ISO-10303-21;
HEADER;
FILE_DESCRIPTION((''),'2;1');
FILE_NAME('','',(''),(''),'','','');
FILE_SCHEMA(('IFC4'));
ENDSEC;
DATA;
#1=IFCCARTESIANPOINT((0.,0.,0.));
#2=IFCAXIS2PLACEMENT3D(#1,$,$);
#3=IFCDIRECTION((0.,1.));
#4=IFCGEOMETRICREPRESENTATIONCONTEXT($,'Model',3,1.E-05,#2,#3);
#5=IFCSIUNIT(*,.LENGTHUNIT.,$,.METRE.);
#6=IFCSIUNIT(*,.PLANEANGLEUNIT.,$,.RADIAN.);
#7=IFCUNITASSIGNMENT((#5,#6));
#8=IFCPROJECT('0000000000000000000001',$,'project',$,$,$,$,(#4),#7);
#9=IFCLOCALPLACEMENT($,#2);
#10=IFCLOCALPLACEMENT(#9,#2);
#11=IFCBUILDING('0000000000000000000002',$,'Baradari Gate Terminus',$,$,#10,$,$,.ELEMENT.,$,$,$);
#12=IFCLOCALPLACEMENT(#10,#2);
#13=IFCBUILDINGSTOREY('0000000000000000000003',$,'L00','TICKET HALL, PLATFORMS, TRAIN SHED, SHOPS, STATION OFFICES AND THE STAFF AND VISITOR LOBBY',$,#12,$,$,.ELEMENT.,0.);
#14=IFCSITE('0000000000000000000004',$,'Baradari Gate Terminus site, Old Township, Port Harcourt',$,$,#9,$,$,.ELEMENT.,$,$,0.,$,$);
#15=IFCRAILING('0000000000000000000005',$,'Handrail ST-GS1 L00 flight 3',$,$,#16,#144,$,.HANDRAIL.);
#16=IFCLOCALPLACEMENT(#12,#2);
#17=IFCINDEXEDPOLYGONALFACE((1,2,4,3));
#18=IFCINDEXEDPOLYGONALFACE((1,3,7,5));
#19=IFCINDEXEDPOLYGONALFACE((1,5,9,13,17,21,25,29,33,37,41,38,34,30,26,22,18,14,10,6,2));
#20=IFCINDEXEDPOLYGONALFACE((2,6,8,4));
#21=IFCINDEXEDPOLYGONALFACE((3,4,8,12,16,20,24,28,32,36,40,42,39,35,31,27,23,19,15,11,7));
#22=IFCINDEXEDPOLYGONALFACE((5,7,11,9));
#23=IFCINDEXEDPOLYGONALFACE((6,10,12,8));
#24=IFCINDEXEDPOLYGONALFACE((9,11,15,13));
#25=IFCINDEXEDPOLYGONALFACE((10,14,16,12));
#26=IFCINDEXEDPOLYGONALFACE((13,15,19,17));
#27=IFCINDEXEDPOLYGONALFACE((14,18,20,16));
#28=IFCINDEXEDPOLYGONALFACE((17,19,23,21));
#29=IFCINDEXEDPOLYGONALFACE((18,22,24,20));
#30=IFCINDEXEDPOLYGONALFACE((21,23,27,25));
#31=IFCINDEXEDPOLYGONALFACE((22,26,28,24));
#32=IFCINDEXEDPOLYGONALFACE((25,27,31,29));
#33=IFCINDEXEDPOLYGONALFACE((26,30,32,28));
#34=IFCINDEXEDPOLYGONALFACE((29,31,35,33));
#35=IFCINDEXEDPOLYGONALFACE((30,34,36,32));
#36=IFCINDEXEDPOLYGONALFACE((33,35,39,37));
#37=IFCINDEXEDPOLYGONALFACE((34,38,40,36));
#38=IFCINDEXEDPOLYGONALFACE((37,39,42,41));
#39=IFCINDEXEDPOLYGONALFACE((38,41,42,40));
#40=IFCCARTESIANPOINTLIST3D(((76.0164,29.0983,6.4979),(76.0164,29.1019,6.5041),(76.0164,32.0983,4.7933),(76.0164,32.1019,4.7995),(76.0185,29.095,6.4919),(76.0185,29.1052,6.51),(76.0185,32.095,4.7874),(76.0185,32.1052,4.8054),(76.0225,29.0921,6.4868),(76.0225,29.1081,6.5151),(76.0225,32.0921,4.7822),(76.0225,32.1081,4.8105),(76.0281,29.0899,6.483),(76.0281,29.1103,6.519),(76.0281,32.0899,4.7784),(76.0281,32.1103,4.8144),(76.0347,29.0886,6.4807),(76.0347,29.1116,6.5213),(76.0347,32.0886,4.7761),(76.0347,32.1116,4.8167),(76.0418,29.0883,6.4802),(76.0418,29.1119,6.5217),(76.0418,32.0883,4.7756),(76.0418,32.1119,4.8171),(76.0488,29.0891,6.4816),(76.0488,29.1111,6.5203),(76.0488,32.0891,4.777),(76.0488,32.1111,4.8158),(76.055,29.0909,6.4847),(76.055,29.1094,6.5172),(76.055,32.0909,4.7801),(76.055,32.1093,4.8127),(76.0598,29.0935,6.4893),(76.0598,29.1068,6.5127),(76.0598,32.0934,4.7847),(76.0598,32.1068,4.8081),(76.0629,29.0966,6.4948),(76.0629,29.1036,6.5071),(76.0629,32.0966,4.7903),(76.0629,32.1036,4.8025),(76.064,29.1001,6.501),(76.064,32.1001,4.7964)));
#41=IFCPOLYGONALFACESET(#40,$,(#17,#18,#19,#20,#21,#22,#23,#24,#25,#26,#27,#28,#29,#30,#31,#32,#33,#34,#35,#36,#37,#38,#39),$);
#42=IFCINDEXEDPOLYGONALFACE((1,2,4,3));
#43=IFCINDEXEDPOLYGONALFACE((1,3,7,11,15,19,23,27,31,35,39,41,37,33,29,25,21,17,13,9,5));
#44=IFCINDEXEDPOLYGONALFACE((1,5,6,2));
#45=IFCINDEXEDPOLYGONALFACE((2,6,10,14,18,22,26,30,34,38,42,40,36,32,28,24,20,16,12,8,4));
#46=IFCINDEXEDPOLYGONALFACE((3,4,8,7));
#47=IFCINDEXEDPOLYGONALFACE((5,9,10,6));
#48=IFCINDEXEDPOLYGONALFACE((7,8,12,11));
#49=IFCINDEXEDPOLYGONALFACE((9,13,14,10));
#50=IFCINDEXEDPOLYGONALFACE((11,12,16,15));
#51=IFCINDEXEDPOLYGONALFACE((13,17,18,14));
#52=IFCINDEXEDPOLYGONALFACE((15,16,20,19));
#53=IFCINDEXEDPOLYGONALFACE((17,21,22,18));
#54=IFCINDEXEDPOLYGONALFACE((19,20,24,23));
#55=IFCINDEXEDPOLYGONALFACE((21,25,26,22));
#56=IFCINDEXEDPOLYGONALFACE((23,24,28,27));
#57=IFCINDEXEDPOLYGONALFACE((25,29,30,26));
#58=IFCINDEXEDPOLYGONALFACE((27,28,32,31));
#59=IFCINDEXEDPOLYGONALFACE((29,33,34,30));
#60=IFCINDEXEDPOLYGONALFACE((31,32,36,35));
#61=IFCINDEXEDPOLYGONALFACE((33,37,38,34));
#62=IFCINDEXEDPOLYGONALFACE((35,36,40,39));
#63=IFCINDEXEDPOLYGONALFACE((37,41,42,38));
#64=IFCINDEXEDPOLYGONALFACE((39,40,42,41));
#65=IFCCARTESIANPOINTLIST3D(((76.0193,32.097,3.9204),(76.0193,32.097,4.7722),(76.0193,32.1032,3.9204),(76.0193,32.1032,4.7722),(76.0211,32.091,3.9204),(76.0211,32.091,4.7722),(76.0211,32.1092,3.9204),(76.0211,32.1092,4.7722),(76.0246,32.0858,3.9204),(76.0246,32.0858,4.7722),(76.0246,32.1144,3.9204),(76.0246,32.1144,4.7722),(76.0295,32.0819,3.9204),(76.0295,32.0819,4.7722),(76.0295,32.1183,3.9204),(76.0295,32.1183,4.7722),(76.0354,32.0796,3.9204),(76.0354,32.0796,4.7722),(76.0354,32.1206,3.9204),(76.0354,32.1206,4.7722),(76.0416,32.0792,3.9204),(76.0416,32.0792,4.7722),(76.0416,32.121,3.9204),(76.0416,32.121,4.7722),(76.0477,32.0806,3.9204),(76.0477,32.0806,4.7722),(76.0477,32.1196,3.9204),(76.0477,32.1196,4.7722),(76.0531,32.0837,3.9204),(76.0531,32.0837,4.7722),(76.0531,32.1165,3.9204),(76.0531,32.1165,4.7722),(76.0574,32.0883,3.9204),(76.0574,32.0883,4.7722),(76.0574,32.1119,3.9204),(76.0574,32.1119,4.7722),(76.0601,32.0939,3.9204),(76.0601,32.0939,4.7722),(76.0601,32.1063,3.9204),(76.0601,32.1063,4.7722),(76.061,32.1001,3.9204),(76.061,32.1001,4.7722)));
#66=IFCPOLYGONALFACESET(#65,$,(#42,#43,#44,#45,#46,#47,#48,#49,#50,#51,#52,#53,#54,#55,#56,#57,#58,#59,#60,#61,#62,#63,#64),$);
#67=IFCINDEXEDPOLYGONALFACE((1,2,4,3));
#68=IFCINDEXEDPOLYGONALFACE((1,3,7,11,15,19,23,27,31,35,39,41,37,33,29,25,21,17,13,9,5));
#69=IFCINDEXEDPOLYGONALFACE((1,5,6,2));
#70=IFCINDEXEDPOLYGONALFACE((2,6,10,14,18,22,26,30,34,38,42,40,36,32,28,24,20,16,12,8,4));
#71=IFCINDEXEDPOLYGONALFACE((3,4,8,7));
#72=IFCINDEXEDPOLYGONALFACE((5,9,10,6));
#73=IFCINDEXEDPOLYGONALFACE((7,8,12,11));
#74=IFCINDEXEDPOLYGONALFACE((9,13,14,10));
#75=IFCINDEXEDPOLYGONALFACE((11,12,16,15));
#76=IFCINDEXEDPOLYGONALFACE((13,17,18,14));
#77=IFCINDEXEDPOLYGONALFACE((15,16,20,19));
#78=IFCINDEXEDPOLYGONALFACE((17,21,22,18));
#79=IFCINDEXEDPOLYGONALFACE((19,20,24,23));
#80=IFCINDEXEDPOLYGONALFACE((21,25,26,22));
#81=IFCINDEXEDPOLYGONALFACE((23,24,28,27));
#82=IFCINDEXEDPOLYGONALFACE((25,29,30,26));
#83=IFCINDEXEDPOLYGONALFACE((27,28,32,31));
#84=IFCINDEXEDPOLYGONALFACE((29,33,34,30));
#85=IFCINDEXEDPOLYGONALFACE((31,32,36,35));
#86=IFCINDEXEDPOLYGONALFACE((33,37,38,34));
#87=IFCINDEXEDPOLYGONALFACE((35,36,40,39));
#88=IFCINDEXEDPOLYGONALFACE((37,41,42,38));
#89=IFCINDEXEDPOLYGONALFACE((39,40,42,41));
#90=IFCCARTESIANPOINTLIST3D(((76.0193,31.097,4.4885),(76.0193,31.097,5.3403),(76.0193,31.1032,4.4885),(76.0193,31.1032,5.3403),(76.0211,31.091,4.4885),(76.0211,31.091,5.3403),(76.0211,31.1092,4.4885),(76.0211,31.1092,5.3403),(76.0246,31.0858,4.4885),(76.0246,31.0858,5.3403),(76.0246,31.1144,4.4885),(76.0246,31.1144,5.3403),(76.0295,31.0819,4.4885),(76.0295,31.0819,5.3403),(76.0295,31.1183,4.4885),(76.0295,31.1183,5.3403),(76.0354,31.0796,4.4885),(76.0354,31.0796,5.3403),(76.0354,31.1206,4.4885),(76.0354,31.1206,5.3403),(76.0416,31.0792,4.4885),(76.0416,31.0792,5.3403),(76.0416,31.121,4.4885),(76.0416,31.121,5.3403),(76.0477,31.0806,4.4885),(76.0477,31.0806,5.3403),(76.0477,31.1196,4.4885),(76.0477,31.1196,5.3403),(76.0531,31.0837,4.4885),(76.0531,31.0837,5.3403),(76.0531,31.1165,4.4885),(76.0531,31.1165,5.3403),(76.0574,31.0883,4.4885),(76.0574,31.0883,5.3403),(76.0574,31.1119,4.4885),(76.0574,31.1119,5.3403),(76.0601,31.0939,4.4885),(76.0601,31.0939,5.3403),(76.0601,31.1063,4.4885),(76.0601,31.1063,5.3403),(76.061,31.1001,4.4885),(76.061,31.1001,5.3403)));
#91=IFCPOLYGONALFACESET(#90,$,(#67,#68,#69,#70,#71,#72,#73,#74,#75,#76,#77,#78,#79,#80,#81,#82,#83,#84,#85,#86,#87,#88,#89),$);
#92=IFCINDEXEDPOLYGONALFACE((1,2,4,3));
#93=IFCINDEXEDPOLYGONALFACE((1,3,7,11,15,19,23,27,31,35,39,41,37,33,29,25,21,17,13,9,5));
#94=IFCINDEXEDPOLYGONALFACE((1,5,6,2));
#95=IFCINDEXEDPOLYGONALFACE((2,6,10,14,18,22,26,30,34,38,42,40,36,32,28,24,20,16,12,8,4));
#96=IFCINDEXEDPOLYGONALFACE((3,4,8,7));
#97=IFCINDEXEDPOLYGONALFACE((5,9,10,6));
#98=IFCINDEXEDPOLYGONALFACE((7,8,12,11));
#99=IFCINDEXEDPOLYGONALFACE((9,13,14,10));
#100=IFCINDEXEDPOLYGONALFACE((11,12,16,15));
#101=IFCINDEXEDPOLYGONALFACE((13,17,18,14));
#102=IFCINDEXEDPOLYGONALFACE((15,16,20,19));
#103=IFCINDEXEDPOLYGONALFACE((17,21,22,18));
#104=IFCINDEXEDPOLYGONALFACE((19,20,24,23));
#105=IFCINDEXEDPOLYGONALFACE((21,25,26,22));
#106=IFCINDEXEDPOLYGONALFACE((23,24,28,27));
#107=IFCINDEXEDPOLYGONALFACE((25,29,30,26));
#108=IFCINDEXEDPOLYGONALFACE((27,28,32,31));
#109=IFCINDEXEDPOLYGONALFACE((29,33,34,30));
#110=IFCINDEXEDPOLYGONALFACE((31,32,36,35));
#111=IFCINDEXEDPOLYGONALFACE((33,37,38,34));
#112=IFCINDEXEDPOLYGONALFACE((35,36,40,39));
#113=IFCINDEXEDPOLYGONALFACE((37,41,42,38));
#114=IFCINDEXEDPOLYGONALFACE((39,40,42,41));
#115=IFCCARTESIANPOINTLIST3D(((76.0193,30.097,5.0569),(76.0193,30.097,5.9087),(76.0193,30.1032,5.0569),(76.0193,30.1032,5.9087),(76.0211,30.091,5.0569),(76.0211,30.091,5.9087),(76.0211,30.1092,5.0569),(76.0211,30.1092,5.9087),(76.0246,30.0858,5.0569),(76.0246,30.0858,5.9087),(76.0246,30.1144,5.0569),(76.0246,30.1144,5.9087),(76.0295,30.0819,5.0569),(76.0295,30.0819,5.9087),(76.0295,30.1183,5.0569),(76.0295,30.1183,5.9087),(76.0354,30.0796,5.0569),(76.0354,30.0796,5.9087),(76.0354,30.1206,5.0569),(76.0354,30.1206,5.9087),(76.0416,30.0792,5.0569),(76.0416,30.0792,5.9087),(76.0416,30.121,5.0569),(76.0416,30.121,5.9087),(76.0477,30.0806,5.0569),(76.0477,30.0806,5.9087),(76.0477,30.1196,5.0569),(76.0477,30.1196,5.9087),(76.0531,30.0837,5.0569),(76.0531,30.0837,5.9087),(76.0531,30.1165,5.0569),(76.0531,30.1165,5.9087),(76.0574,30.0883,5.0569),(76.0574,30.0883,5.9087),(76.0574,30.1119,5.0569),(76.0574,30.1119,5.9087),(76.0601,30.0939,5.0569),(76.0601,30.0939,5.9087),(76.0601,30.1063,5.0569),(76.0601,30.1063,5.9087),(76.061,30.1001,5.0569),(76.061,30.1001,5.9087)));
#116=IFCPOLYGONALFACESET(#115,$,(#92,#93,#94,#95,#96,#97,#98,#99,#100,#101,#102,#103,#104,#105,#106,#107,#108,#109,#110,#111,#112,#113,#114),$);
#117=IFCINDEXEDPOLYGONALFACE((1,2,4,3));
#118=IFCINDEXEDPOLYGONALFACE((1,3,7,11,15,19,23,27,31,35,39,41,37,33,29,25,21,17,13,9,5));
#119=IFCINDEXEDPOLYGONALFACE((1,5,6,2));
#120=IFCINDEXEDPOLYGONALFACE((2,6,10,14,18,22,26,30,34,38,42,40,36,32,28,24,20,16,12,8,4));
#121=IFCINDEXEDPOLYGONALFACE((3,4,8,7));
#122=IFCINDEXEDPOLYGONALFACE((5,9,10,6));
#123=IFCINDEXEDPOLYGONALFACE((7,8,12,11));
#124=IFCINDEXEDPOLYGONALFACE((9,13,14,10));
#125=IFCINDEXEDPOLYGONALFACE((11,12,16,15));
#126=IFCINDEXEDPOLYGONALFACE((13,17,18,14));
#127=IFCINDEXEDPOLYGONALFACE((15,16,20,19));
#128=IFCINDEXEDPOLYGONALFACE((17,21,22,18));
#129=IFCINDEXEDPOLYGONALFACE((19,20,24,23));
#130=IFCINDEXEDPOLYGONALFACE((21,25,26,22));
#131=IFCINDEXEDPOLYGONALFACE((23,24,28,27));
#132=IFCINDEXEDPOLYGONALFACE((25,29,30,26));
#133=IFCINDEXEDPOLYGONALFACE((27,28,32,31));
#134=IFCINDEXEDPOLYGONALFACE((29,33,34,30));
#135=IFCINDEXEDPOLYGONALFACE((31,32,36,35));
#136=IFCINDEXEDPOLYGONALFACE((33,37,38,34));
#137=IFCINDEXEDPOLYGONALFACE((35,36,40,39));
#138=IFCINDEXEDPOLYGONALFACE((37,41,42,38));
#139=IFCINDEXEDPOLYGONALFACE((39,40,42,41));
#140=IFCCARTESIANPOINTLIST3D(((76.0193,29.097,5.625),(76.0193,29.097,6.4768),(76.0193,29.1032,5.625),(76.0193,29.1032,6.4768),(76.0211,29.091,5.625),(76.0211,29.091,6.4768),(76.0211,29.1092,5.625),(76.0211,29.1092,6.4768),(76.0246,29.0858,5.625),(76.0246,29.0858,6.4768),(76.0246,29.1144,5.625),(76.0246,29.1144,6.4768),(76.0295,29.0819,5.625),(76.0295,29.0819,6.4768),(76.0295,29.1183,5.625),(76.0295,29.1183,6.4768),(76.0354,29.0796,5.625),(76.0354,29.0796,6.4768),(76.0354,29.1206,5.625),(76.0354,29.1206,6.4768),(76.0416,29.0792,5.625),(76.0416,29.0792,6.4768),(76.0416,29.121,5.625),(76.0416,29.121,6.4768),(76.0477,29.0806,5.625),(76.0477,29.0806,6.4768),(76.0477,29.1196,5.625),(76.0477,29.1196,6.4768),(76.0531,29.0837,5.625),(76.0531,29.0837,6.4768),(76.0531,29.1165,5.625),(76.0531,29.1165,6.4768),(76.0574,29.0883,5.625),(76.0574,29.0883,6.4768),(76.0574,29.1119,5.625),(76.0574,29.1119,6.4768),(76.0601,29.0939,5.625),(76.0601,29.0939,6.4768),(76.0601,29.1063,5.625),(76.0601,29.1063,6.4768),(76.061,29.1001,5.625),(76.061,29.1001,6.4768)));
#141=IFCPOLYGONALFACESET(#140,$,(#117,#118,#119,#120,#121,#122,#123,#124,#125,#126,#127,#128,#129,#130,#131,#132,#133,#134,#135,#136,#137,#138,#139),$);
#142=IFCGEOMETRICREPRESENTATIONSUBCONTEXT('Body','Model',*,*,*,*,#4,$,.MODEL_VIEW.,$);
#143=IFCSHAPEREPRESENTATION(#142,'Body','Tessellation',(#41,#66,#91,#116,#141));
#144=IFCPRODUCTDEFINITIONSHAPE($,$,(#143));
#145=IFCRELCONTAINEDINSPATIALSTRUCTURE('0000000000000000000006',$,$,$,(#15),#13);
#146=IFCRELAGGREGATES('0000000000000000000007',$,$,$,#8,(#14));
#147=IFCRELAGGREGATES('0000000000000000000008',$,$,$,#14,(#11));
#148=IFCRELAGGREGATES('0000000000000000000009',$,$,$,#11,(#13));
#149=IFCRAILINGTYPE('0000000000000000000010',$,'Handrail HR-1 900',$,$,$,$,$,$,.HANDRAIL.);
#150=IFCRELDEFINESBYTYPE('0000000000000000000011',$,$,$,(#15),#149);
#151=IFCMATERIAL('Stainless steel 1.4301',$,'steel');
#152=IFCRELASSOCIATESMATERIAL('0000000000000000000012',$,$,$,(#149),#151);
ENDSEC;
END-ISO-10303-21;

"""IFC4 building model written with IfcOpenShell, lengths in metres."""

from ifc_helpers import new_model, si_unit, direction, frame, origin, origin_2d, place, context, subcontext, project, spatial, circle, extrude, material, type_object, element, save


model = new_model("IFC4")

# Units and contexts
model_context = context("Model", 3, precision=1e-05, world=origin(), true_north=direction((0.0, 1.0)))
body_context = subcontext(model_context, "Body", "Model", "MODEL_VIEW")
ifc_project = project(units=[si_unit("LENGTHUNIT", "METRE"), si_unit("PLANEANGLEUNIT", "RADIAN")], contexts=[model_context])

# Site, building, storey
site_placement = place(None, origin())
site = spatial("IfcSite", under=ifc_project, at=site_placement, Name="Baradari Gate Terminus site, Old Township, Port Harcourt", CompositionType="ELEMENT", RefElevation=0.0)
building_placement = place(site_placement, origin())
building = spatial("IfcBuilding", under=site, at=building_placement, Name="Baradari Gate Terminus", CompositionType="ELEMENT")
storey_placement = place(building_placement, origin())
storey = spatial("IfcBuildingStorey", under=building, at=storey_placement, Name="L00", Description="TICKET HALL, PLATFORMS, TRAIN SHED, SHOPS, STATION OFFICES AND THE STAFF AND VISITOR LOBBY", CompositionType="ELEMENT", Elevation=0.0)

# Railing
ifc_material_1 = material(Name="Stainless steel 1.4301", Category="steel")
railing_type_1 = type_object("IfcRailingType", Name="Handrail HR-1 900", PredefinedType="HANDRAIL", material=ifc_material_1)
for number, where, name in (
    (1, (76.04, 32.1001, 3.9204), "Handrail ST-GS1 L00 flight 3"),
):
    element("IfcRailing", number, at=place(storey_placement, frame(where)), inside=storey, type_object=railing_type_1, Name=name, PredefinedType="HANDRAIL", context=body_context, shape_type="SweptSolid", body=[
        extrude(circle(Radius=0.0239, at=origin_2d()), frame((0.0, 0.0, 0.876), z_axis=(0.0, -0.869451, 0.494019), x_axis=(1.0, 0.0, 0.0)), (0.0, 0.0, 1.0), 3.4504),
        extrude(circle(Radius=0.021, at=origin_2d()), origin(), (0.0, 0.0, 1.0), 0.8518),
        extrude(circle(Radius=0.021, at=origin_2d()), frame((0.0, -1.0, 0.5681)), (0.0, 0.0, 1.0), 0.8518),
        extrude(circle(Radius=0.021, at=origin_2d()), frame((0.0, -2.0, 1.1365)), (0.0, 0.0, 1.0), 0.8518),
        extrude(circle(Radius=0.021, at=origin_2d()), frame((0.0, -3.0, 1.7046)), (0.0, 0.0, 1.0), 0.8518),
    ])

save(model, "model.ifc")
